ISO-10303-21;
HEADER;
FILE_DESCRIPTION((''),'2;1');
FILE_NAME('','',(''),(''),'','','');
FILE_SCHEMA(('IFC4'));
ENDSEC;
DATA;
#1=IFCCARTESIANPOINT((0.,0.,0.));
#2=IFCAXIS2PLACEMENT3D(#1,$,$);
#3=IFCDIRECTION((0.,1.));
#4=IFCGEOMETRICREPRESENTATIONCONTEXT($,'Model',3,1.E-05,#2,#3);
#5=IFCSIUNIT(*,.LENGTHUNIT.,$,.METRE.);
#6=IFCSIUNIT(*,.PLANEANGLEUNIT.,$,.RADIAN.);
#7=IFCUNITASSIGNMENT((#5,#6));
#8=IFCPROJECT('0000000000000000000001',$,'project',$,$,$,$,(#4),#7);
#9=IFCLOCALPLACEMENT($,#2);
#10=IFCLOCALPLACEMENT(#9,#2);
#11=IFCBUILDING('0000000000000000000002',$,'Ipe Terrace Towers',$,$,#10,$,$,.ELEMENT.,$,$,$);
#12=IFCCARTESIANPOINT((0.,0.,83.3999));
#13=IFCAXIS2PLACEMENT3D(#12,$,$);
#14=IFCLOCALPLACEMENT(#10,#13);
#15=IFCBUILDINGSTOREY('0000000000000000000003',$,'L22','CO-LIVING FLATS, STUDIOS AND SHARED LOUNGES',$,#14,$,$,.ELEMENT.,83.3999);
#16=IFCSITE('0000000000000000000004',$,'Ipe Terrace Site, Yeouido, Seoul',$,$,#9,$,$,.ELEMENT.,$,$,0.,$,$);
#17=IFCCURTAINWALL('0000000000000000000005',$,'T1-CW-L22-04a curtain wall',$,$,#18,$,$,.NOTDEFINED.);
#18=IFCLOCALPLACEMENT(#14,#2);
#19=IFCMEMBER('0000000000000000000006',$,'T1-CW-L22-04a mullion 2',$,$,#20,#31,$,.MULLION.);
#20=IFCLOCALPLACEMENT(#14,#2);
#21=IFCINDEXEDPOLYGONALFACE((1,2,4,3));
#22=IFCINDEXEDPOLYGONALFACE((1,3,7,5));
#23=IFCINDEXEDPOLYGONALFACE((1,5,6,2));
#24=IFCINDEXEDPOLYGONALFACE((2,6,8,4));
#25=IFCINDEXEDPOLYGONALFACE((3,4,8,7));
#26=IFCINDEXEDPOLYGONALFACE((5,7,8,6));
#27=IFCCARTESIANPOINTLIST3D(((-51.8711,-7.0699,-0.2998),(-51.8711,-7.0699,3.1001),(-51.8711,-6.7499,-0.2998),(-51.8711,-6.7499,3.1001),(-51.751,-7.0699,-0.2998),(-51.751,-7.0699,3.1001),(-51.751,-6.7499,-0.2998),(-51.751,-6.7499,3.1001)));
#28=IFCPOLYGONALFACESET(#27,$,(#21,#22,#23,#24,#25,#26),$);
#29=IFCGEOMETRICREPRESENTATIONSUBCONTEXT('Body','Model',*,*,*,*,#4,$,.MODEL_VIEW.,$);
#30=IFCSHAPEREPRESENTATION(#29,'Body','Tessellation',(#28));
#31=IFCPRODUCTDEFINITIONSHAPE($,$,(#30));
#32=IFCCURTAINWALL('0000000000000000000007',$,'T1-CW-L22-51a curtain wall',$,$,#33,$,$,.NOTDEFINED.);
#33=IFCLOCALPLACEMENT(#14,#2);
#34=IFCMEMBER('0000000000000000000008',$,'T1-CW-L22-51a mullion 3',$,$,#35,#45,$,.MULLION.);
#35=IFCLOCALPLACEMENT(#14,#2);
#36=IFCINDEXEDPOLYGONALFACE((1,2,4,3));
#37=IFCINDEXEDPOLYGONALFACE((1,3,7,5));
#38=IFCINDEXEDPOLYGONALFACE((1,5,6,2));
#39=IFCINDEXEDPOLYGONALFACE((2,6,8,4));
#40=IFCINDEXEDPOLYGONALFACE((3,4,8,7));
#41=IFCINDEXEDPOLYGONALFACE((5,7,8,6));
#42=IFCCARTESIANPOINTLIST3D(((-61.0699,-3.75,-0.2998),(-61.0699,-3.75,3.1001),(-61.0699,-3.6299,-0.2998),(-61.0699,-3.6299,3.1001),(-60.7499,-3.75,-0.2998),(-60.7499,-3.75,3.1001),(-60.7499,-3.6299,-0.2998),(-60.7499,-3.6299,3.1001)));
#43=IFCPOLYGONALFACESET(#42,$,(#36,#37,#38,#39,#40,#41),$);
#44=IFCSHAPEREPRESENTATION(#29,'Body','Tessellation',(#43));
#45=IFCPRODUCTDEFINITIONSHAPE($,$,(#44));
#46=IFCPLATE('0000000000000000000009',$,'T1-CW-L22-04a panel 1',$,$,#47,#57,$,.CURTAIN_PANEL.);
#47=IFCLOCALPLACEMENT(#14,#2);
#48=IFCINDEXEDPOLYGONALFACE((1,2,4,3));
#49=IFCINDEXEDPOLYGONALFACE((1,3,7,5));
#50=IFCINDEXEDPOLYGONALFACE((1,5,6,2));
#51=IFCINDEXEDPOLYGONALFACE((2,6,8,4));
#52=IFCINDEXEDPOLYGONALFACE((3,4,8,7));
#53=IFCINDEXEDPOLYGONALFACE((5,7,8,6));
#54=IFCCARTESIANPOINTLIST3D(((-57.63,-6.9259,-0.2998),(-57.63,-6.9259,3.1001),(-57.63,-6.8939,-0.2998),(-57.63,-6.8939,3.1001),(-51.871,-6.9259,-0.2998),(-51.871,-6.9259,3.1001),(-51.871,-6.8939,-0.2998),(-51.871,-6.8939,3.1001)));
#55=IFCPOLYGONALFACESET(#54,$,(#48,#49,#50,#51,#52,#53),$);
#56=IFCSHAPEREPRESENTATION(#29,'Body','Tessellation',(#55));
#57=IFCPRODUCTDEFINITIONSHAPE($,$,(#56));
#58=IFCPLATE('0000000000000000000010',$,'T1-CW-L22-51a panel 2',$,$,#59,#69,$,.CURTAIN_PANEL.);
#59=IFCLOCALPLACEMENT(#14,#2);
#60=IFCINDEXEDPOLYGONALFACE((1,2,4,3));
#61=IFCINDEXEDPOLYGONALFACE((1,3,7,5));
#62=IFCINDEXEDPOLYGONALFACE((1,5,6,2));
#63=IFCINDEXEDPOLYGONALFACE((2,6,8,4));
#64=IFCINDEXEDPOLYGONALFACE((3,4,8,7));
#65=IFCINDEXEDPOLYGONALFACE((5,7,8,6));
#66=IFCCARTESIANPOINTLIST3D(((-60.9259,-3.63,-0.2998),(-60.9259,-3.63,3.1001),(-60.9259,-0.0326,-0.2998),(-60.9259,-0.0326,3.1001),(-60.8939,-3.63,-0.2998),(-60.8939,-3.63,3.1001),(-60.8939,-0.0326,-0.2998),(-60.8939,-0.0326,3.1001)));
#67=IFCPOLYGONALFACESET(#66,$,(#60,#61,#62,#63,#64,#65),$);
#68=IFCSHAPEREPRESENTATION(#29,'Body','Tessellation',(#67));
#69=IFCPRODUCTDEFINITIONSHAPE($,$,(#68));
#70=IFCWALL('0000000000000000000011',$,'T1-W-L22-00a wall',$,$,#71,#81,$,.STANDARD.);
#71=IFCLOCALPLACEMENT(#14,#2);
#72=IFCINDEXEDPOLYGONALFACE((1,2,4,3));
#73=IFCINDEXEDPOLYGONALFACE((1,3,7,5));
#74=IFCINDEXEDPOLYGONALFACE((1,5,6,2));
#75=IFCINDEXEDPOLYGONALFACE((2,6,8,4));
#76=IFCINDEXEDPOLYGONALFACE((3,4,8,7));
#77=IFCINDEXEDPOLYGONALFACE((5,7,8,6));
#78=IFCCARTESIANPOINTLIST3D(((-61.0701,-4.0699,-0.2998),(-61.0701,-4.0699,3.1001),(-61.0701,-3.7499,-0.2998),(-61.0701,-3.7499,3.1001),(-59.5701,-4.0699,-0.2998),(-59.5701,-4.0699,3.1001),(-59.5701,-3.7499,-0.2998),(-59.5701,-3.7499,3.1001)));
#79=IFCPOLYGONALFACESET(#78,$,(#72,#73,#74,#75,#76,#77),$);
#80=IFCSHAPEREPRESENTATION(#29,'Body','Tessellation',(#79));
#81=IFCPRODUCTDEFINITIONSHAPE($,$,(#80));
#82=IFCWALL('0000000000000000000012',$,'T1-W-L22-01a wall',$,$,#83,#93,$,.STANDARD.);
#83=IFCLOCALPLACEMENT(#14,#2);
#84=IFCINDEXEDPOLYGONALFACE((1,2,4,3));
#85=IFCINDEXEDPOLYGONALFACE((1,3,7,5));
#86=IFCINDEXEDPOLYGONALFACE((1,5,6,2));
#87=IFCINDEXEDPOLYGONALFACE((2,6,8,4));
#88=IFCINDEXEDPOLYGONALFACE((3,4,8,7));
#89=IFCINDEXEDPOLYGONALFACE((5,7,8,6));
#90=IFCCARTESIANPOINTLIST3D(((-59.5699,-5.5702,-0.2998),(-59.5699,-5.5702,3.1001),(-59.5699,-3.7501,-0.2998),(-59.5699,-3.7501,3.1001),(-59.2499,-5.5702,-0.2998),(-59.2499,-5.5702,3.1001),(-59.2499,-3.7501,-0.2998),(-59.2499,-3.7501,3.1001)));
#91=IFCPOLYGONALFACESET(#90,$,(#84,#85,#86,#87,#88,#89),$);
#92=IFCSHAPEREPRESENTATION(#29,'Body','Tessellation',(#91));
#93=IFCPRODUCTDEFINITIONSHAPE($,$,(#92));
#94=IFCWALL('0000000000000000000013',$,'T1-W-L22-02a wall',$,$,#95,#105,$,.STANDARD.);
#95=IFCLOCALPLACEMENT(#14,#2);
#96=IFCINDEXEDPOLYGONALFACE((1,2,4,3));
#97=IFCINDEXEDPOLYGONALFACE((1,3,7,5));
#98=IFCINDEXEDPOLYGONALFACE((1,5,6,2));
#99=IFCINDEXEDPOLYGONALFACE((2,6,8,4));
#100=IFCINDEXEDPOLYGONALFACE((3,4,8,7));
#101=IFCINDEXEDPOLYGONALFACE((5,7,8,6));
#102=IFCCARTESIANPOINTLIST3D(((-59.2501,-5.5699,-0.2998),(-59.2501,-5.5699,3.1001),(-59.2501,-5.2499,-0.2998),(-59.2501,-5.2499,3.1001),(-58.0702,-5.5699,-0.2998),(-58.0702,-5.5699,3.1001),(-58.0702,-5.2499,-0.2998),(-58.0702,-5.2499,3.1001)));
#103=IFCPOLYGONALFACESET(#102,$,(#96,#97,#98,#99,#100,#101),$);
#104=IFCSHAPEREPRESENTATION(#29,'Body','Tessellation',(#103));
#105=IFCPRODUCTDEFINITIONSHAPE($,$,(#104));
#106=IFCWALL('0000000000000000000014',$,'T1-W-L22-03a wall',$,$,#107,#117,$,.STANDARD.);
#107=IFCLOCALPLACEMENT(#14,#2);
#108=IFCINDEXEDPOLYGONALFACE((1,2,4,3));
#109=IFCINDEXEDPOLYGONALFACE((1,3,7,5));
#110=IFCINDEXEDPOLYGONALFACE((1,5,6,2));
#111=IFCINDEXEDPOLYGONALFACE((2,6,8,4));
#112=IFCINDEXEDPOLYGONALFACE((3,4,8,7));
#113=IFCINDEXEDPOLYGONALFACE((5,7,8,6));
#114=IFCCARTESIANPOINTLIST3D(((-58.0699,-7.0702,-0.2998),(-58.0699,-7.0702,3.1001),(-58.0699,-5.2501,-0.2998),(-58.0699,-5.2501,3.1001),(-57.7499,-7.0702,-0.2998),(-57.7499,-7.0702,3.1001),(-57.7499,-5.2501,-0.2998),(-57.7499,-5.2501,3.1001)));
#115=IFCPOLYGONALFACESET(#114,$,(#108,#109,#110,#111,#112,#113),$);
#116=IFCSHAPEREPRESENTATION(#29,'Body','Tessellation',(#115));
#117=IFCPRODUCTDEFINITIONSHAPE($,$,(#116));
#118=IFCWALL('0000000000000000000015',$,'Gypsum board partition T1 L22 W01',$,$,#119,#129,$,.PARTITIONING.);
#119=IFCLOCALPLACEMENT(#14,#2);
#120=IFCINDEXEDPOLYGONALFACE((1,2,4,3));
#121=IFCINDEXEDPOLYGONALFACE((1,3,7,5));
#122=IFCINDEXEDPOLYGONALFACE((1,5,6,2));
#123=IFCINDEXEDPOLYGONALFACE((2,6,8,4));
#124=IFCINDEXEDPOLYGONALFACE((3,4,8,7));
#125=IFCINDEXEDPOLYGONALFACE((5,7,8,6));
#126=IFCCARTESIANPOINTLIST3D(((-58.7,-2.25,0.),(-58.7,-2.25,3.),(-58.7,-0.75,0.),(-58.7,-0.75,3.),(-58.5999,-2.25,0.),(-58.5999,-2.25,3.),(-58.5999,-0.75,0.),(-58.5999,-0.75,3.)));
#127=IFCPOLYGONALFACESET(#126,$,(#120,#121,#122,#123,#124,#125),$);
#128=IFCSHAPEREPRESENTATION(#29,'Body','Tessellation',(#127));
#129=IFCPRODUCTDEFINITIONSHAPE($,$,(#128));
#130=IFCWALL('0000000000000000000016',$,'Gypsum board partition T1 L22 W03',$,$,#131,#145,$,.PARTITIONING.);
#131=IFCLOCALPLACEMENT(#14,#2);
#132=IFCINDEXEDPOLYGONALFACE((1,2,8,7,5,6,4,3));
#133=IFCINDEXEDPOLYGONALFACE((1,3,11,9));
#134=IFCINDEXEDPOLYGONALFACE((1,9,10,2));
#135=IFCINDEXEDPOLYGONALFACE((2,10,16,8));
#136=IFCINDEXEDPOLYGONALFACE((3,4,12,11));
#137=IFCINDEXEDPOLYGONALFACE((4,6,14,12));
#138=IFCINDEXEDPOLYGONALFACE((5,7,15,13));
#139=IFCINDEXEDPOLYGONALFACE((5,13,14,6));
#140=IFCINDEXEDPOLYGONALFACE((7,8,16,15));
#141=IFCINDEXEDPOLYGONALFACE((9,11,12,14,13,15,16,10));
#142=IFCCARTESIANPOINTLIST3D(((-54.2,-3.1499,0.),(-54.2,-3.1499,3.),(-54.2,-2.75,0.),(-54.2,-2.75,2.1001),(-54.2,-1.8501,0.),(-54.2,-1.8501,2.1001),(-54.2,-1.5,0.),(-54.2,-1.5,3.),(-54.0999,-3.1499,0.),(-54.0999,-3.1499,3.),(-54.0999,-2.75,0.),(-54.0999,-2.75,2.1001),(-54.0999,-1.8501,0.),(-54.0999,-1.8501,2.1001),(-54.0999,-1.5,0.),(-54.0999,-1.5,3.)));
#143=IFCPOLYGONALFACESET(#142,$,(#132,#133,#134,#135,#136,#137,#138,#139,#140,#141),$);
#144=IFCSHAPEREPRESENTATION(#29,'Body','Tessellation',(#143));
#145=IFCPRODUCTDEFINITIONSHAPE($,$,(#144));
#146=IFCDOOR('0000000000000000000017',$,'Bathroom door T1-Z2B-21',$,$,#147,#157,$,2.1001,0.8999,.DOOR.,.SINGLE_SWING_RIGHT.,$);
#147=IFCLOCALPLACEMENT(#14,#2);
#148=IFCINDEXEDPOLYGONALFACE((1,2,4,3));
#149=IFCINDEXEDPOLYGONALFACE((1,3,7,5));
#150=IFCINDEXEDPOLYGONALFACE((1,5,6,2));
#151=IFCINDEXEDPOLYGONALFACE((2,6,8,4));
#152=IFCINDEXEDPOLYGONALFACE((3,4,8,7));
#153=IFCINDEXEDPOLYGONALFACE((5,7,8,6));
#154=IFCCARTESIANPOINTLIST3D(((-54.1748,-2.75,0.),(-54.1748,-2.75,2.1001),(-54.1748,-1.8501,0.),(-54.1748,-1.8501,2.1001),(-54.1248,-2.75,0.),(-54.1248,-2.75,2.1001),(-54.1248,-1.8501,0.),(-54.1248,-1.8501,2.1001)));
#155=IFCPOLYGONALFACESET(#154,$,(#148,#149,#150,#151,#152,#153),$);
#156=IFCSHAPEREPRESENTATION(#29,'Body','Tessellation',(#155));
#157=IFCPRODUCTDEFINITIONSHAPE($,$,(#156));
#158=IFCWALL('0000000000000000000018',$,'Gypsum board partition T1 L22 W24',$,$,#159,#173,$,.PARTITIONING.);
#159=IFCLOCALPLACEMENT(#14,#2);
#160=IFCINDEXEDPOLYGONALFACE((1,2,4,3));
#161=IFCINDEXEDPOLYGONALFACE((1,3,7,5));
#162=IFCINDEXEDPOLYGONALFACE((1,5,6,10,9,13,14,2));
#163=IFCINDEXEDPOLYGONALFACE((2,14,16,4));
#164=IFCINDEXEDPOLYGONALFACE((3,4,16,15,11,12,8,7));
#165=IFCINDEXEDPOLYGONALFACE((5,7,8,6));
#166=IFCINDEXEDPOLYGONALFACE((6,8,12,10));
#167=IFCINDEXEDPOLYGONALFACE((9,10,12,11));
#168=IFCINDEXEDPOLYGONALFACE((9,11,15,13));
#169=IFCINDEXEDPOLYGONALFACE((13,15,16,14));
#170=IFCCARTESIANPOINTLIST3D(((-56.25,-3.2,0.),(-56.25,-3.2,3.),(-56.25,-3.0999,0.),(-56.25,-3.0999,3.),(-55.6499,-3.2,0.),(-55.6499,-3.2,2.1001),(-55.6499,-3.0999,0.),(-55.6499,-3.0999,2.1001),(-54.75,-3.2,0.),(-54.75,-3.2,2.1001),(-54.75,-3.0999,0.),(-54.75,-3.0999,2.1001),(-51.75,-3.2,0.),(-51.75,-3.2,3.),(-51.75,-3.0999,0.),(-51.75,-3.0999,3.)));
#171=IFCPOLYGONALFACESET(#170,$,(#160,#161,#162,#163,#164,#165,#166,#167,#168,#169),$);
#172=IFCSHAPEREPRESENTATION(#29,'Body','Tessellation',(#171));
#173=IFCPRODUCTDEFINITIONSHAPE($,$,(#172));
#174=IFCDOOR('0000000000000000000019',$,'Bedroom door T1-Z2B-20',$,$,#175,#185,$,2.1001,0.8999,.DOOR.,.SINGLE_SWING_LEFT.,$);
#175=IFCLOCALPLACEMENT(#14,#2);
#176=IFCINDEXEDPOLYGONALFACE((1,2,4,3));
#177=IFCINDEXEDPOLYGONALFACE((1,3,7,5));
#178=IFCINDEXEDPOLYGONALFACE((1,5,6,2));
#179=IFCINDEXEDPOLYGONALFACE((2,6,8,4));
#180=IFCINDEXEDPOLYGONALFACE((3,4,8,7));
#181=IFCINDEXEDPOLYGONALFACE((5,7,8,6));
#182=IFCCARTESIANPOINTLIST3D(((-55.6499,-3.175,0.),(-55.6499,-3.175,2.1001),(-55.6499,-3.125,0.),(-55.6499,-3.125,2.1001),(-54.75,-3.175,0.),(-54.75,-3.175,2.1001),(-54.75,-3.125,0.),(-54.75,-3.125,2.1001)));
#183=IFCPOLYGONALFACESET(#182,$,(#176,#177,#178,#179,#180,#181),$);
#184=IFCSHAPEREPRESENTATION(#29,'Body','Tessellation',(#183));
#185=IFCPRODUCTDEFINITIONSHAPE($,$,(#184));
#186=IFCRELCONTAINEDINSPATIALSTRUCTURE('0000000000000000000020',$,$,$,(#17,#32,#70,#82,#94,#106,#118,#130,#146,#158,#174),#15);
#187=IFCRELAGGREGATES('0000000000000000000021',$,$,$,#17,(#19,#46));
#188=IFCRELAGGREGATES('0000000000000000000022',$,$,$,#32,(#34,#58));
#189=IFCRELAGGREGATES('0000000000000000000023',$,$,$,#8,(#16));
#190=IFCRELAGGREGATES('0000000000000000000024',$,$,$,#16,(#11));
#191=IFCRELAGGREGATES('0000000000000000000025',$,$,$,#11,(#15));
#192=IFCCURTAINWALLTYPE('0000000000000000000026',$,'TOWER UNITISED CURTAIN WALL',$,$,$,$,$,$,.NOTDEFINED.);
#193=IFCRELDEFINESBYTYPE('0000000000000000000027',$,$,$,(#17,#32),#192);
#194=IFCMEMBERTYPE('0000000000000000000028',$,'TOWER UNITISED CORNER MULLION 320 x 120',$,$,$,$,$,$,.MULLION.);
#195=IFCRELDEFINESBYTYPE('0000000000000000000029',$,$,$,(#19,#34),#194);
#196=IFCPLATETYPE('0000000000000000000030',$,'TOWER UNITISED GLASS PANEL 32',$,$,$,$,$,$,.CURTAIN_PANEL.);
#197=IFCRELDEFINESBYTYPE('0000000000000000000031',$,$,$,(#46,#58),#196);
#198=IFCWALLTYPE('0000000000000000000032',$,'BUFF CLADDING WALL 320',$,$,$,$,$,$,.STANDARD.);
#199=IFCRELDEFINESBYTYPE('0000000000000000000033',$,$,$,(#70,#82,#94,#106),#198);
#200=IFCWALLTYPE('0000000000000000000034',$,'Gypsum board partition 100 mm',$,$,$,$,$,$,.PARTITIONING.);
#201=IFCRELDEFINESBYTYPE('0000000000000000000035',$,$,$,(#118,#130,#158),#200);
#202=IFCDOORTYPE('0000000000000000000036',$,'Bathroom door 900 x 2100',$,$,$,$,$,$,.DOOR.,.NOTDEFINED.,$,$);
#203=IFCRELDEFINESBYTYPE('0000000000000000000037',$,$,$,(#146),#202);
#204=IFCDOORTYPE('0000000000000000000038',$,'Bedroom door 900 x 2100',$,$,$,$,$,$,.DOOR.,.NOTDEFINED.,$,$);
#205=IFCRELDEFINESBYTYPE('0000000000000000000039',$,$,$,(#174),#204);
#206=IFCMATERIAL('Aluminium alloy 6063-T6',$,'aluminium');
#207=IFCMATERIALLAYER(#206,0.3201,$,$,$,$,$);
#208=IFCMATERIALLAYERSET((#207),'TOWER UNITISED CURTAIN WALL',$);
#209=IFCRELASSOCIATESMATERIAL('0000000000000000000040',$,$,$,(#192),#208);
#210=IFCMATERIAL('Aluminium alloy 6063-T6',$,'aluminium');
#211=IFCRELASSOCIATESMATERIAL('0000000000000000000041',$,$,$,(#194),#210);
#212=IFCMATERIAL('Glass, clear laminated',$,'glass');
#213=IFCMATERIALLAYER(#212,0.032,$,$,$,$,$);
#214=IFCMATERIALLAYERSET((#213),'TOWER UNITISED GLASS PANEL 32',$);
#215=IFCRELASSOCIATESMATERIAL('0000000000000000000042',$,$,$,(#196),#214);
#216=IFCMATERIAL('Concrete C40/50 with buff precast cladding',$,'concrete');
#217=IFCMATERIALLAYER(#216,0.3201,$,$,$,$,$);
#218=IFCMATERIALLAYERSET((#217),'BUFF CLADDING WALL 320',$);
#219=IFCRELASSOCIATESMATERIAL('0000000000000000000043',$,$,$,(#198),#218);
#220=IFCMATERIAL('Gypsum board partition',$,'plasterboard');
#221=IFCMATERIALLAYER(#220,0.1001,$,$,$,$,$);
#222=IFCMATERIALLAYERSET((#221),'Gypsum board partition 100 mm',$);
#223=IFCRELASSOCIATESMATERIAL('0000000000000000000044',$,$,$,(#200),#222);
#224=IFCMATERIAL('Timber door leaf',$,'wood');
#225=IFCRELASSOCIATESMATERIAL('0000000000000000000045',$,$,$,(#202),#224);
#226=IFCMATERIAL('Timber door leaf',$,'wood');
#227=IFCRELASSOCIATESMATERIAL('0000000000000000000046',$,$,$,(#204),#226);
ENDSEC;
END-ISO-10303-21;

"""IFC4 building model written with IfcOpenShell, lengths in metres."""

from ifc_helpers import new_model, si_unit, direction, frame, frame_2d, origin, origin_2d, place, context, subcontext, project, spatial, rectangle, extrude, material, layer, layer_set, material_profile, profile_set, type_object, element, fill, aggregate, save


model = new_model("IFC4")

# Units and contexts
model_context = context("Model", 3, precision=1e-05, world=origin(), true_north=direction((0.0, 1.0)))
body_context = subcontext(model_context, "Body", "Model", "MODEL_VIEW")
ifc_project = project(units=[si_unit("LENGTHUNIT", "METRE"), si_unit("PLANEANGLEUNIT", "RADIAN")], contexts=[model_context])

# Site, building, storey
site_placement = place(None, origin())
site = spatial("IfcSite", under=ifc_project, at=site_placement, Name="Ipe Terrace Site, Yeouido, Seoul", CompositionType="ELEMENT", RefElevation=0.0)
building_placement = place(site_placement, origin())
building = spatial("IfcBuilding", under=site, at=building_placement, Name="Ipe Terrace Towers", CompositionType="ELEMENT")
storey_placement = place(building_placement, frame((0.0, 0.0, 83.3999)))
storey = spatial("IfcBuildingStorey", under=building, at=storey_placement, Name="L22", Description="CO-LIVING FLATS, STUDIOS AND SHARED LOUNGES", CompositionType="ELEMENT", Elevation=83.3999)

# Curtain wall, member
ifc_material_1 = material(Name="Aluminium alloy 6063-T6", Category="aluminium")
ifc_layer_1 = layer(ifc_material_1, 0.3201)
ifc_layer_set_1 = layer_set([ifc_layer_1], Name="TOWER UNITISED CURTAIN WALL")
curtain_wall_type = type_object("IfcCurtainWallType", Name="TOWER UNITISED CURTAIN WALL", PredefinedType="NOTDEFINED", material=ifc_layer_set_1)
curtain_wall_1_placement = place(storey_placement, origin())
curtain_wall_1 = element("IfcCurtainWall", 1, at=curtain_wall_1_placement, inside=storey, type_object=curtain_wall_type, Name="T1-CW-L22-04a curtain wall", PredefinedType="NOTDEFINED")
ifc_material_2 = material(Name="Aluminium alloy 6063-T6", Category="aluminium")
ifc_material_profile_1 = material_profile(ifc_material_2, rectangle(XDim=0.3201, YDim=0.1201, at=origin_2d()), Name="TOWER UNITISED CORNER MULLION 320 x 120")
ifc_profile_set_1 = profile_set([ifc_material_profile_1], Name="Aluminium alloy 6063-T6")
member_type = type_object("IfcMemberType", Name="TOWER UNITISED CORNER MULLION 320 x 120", PredefinedType="MULLION", material=ifc_profile_set_1)
member_1_placement = place(storey_placement, frame((-51.811, -6.9099, -0.2998), z_axis=(0.0, 0.0, 1.0), x_axis=(0.0, -1.0, 0.0)))
member_1 = element("IfcMember", 2, at=member_1_placement, type_object=member_type, Name="T1-CW-L22-04a mullion 2", PredefinedType="MULLION", context=body_context, shape_type="SweptSolid", body=[
    extrude(rectangle(XDim=0.3201, YDim=0.1201, at=origin_2d()), origin(), (0.0, 0.0, 1.0), 3.3999),
])

# Curtain wall, member
curtain_wall_2_placement = place(storey_placement, origin())
curtain_wall_2 = element("IfcCurtainWall", 3, at=curtain_wall_2_placement, inside=storey, type_object=curtain_wall_type, Name="T1-CW-L22-51a curtain wall", PredefinedType="NOTDEFINED")
member_2_placement = place(storey_placement, frame((-60.9099, -3.6899, -0.2998), z_axis=(0.0, 0.0, 1.0), x_axis=(-1.0, 0.0, 0.0)))
member_2 = element("IfcMember", 4, at=member_2_placement, type_object=member_type, Name="T1-CW-L22-51a mullion 3", PredefinedType="MULLION", context=body_context, shape_type="SweptSolid", body=[
    extrude(rectangle(XDim=0.3201, YDim=0.1201, at=origin_2d()), origin(), (0.0, 0.0, 1.0), 3.3999),
])

# Plates
ifc_material_3 = material(Name="Glass, clear laminated", Category="glass")
ifc_layer_2 = layer(ifc_material_3, 0.032)
ifc_layer_set_2 = layer_set([ifc_layer_2], Name="TOWER UNITISED GLASS PANEL 32")
plate_type = type_object("IfcPlateType", Name="TOWER UNITISED GLASS PANEL 32", PredefinedType="CURTAIN_PANEL", material=ifc_layer_set_2)
plate_1_placement = place(storey_placement, frame((-54.7505, -6.9099, -0.2998), z_axis=(0.0, 0.0, 1.0), x_axis=(1.0, 0.0, 0.0)))
plate_1 = element("IfcPlate", 5, at=plate_1_placement, type_object=plate_type, Name="T1-CW-L22-04a panel 1", PredefinedType="CURTAIN_PANEL", context=body_context, shape_type="SweptSolid", body=[
    extrude(rectangle(XDim=5.759, YDim=0.032, at=origin_2d()), origin(), (0.0, 0.0, 1.0), 3.3999),
])
aggregate(curtain_wall_1, [member_1, plate_1])
plate_2_placement = place(storey_placement, frame((-60.9099, -1.8313, -0.2998), z_axis=(0.0, 0.0, 1.0), x_axis=(0.0, -1.0, 0.0)))
plate_2 = element("IfcPlate", 6, at=plate_2_placement, type_object=plate_type, Name="T1-CW-L22-51a panel 2", PredefinedType="CURTAIN_PANEL", context=body_context, shape_type="SweptSolid", body=[
    extrude(rectangle(XDim=3.5974, YDim=0.032, at=origin_2d()), origin(), (0.0, 0.0, 1.0), 3.3999),
])
aggregate(curtain_wall_2, [member_2, plate_2])

# Walls
ifc_material_4 = material(Name="Concrete C40/50 with buff precast cladding", Category="concrete")
ifc_layer_3 = layer(ifc_material_4, 0.3201)
ifc_layer_set_3 = layer_set([ifc_layer_3], Name="BUFF CLADDING WALL 320")
wall_type_1 = type_object("IfcWallType", Name="BUFF CLADDING WALL 320", PredefinedType="STANDARD", material=ifc_layer_set_3)
wall_1_placement = place(storey_placement, frame((-61.0701, -3.9099, -0.2998), z_axis=(0.0, 0.0, 1.0), x_axis=(1.0, 0.0, 0.0)))
element("IfcWall", 7, at=wall_1_placement, inside=storey, type_object=wall_type_1, Name="T1-W-L22-00a wall", PredefinedType="STANDARD", context=body_context, shape_type="SweptSolid", body=[
    extrude(rectangle(XDim=1.5, YDim=0.3201, at=frame_2d((0.75, 0.0))), origin(), (0.0, 0.0, 1.0), 3.3999),
])
wall_2_placement = place(storey_placement, frame((-59.4099, -3.75, -0.2998), z_axis=(0.0, 0.0, 1.0), x_axis=(0.0, -1.0, 0.0)))
element("IfcWall", 8, at=wall_2_placement, inside=storey, type_object=wall_type_1, Name="T1-W-L22-01a wall", PredefinedType="STANDARD", context=body_context, shape_type="SweptSolid", body=[
    extrude(rectangle(XDim=1.8201, YDim=0.3201, at=frame_2d((0.9102, 0.0))), origin(), (0.0, 0.0, 1.0), 3.3999),
])
wall_3_placement = place(storey_placement, frame((-59.25, -5.4099, -0.2998), z_axis=(0.0, 0.0, 1.0), x_axis=(1.0, 0.0, 0.0)))
element("IfcWall", 9, at=wall_3_placement, inside=storey, type_object=wall_type_1, Name="T1-W-L22-02a wall", PredefinedType="STANDARD", context=body_context, shape_type="SweptSolid", body=[
    extrude(rectangle(XDim=1.1799, YDim=0.3201, at=frame_2d((0.5898, 0.0))), origin(), (0.0, 0.0, 1.0), 3.3999),
])
wall_4_placement = place(storey_placement, frame((-57.9099, -5.25, -0.2998), z_axis=(0.0, 0.0, 1.0), x_axis=(0.0, -1.0, 0.0)))
element("IfcWall", 10, at=wall_4_placement, inside=storey, type_object=wall_type_1, Name="T1-W-L22-03a wall", PredefinedType="STANDARD", context=body_context, shape_type="SweptSolid", body=[
    extrude(rectangle(XDim=1.8201, YDim=0.3201, at=frame_2d((0.9102, 0.0))), origin(), (0.0, 0.0, 1.0), 3.3999),
])
ifc_material_5 = material(Name="Gypsum board partition", Category="plasterboard")
ifc_layer_4 = layer(ifc_material_5, 0.1001)
ifc_layer_set_4 = layer_set([ifc_layer_4], Name="Gypsum board partition 100 mm")
wall_type_2 = type_object("IfcWallType", Name="Gypsum board partition 100 mm", PredefinedType="PARTITIONING", material=ifc_layer_set_4)
wall_5_placement = place(storey_placement, frame((-58.6499, -2.25, 0.0), z_axis=(0.0, 0.0, 1.0), x_axis=(0.0, 1.0, 0.0)))
element("IfcWall", 11, at=wall_5_placement, inside=storey, type_object=wall_type_2, Name="Gypsum board partition T1 L22 W01", PredefinedType="PARTITIONING", context=body_context, shape_type="SweptSolid", body=[
    extrude(rectangle(XDim=1.5, YDim=0.1001, at=frame_2d((0.75, 0.0))), origin(), (0.0, 0.0, 1.0), 3.0),
])

# Walls, openings, doors
wall_6_placement = place(storey_placement, frame((-54.1499, -3.1499, 0.0), z_axis=(0.0, 0.0, 1.0), x_axis=(0.0, 1.0, 0.0)))
wall_6 = element("IfcWall", 12, at=wall_6_placement, inside=storey, type_object=wall_type_2, Name="Gypsum board partition T1 L22 W03", PredefinedType="PARTITIONING", context=body_context, shape_type="SweptSolid", body=[
    extrude(rectangle(XDim=1.6499, YDim=0.1001, at=frame_2d((0.825, 0.0))), origin(), (0.0, 0.0, 1.0), 3.0),
])
opening_1_placement = place(wall_6_placement, frame((0.3999, 0.0, 0.0)))
opening_1 = element("IfcOpeningElement", 13, at=opening_1_placement, cuts=wall_6, PredefinedType="OPENING", context=body_context, shape_type="SweptSolid", body=[
    extrude(rectangle(XDim=0.8999, YDim=2.1001, at=frame_2d((0.45, 1.05))), frame((0.0, 0.0601, 0.0), z_axis=(0.0, -1.0, 0.0), x_axis=(1.0, 0.0, 0.0)), (0.0, 0.0, 1.0), 0.1201),
])
ifc_material_6 = material(Name="Timber door leaf", Category="wood")
door_type_1 = type_object("IfcDoorType", Name="Bathroom door 900 x 2100", OperationType="NOTDEFINED", PredefinedType="DOOR", material=ifc_material_6)
door_1_placement = place(opening_1_placement, origin())
door_1 = element("IfcDoor", 14, at=door_1_placement, inside=storey, type_object=door_type_1, Name="Bathroom door T1-Z2B-21", OperationType="SINGLE_SWING_RIGHT", OverallHeight=2.1001, OverallWidth=0.8999, PredefinedType="DOOR", context=body_context, shape_type="SweptSolid", body=[
    extrude(rectangle(XDim=0.8999, YDim=2.1001, at=frame_2d((0.45, 1.05))), frame((0.0, 0.0249, 0.0), z_axis=(0.0, -1.0, 0.0), x_axis=(1.0, 0.0, 0.0)), (0.0, 0.0, 1.0), 0.05),
])
fill(opening_1, door_1)
wall_7_placement = place(storey_placement, frame((-56.25, -3.1499, 0.0), z_axis=(0.0, 0.0, 1.0), x_axis=(1.0, 0.0, 0.0)))
wall_7 = element("IfcWall", 15, at=wall_7_placement, inside=storey, type_object=wall_type_2, Name="Gypsum board partition T1 L22 W24", PredefinedType="PARTITIONING", context=body_context, shape_type="SweptSolid", body=[
    extrude(rectangle(XDim=4.5, YDim=0.1001, at=frame_2d((2.25, 0.0))), origin(), (0.0, 0.0, 1.0), 3.0),
])
opening_2_placement = place(wall_7_placement, frame((0.6001, 0.0, 0.0)))
opening_2 = element("IfcOpeningElement", 16, at=opening_2_placement, cuts=wall_7, PredefinedType="OPENING", context=body_context, shape_type="SweptSolid", body=[
    extrude(rectangle(XDim=0.8999, YDim=2.1001, at=frame_2d((0.45, 1.05))), frame((0.0, 0.0601, 0.0), z_axis=(0.0, -1.0, 0.0), x_axis=(1.0, 0.0, 0.0)), (0.0, 0.0, 1.0), 0.1201),
])
ifc_material_7 = material(Name="Timber door leaf", Category="wood")
door_type_2 = type_object("IfcDoorType", Name="Bedroom door 900 x 2100", OperationType="NOTDEFINED", PredefinedType="DOOR", material=ifc_material_7)
door_2_placement = place(opening_2_placement, origin())
door_2 = element("IfcDoor", 17, at=door_2_placement, inside=storey, type_object=door_type_2, Name="Bedroom door T1-Z2B-20", OperationType="SINGLE_SWING_LEFT", OverallHeight=2.1001, OverallWidth=0.8999, PredefinedType="DOOR", context=body_context, shape_type="SweptSolid", body=[
    extrude(rectangle(XDim=0.8999, YDim=2.1001, at=frame_2d((0.45, 1.05))), frame((0.0, 0.0249, 0.0), z_axis=(0.0, -1.0, 0.0), x_axis=(1.0, 0.0, 0.0)), (0.0, 0.0, 1.0), 0.05),
])
fill(opening_2, door_2)

save(model, "model.ifc")
